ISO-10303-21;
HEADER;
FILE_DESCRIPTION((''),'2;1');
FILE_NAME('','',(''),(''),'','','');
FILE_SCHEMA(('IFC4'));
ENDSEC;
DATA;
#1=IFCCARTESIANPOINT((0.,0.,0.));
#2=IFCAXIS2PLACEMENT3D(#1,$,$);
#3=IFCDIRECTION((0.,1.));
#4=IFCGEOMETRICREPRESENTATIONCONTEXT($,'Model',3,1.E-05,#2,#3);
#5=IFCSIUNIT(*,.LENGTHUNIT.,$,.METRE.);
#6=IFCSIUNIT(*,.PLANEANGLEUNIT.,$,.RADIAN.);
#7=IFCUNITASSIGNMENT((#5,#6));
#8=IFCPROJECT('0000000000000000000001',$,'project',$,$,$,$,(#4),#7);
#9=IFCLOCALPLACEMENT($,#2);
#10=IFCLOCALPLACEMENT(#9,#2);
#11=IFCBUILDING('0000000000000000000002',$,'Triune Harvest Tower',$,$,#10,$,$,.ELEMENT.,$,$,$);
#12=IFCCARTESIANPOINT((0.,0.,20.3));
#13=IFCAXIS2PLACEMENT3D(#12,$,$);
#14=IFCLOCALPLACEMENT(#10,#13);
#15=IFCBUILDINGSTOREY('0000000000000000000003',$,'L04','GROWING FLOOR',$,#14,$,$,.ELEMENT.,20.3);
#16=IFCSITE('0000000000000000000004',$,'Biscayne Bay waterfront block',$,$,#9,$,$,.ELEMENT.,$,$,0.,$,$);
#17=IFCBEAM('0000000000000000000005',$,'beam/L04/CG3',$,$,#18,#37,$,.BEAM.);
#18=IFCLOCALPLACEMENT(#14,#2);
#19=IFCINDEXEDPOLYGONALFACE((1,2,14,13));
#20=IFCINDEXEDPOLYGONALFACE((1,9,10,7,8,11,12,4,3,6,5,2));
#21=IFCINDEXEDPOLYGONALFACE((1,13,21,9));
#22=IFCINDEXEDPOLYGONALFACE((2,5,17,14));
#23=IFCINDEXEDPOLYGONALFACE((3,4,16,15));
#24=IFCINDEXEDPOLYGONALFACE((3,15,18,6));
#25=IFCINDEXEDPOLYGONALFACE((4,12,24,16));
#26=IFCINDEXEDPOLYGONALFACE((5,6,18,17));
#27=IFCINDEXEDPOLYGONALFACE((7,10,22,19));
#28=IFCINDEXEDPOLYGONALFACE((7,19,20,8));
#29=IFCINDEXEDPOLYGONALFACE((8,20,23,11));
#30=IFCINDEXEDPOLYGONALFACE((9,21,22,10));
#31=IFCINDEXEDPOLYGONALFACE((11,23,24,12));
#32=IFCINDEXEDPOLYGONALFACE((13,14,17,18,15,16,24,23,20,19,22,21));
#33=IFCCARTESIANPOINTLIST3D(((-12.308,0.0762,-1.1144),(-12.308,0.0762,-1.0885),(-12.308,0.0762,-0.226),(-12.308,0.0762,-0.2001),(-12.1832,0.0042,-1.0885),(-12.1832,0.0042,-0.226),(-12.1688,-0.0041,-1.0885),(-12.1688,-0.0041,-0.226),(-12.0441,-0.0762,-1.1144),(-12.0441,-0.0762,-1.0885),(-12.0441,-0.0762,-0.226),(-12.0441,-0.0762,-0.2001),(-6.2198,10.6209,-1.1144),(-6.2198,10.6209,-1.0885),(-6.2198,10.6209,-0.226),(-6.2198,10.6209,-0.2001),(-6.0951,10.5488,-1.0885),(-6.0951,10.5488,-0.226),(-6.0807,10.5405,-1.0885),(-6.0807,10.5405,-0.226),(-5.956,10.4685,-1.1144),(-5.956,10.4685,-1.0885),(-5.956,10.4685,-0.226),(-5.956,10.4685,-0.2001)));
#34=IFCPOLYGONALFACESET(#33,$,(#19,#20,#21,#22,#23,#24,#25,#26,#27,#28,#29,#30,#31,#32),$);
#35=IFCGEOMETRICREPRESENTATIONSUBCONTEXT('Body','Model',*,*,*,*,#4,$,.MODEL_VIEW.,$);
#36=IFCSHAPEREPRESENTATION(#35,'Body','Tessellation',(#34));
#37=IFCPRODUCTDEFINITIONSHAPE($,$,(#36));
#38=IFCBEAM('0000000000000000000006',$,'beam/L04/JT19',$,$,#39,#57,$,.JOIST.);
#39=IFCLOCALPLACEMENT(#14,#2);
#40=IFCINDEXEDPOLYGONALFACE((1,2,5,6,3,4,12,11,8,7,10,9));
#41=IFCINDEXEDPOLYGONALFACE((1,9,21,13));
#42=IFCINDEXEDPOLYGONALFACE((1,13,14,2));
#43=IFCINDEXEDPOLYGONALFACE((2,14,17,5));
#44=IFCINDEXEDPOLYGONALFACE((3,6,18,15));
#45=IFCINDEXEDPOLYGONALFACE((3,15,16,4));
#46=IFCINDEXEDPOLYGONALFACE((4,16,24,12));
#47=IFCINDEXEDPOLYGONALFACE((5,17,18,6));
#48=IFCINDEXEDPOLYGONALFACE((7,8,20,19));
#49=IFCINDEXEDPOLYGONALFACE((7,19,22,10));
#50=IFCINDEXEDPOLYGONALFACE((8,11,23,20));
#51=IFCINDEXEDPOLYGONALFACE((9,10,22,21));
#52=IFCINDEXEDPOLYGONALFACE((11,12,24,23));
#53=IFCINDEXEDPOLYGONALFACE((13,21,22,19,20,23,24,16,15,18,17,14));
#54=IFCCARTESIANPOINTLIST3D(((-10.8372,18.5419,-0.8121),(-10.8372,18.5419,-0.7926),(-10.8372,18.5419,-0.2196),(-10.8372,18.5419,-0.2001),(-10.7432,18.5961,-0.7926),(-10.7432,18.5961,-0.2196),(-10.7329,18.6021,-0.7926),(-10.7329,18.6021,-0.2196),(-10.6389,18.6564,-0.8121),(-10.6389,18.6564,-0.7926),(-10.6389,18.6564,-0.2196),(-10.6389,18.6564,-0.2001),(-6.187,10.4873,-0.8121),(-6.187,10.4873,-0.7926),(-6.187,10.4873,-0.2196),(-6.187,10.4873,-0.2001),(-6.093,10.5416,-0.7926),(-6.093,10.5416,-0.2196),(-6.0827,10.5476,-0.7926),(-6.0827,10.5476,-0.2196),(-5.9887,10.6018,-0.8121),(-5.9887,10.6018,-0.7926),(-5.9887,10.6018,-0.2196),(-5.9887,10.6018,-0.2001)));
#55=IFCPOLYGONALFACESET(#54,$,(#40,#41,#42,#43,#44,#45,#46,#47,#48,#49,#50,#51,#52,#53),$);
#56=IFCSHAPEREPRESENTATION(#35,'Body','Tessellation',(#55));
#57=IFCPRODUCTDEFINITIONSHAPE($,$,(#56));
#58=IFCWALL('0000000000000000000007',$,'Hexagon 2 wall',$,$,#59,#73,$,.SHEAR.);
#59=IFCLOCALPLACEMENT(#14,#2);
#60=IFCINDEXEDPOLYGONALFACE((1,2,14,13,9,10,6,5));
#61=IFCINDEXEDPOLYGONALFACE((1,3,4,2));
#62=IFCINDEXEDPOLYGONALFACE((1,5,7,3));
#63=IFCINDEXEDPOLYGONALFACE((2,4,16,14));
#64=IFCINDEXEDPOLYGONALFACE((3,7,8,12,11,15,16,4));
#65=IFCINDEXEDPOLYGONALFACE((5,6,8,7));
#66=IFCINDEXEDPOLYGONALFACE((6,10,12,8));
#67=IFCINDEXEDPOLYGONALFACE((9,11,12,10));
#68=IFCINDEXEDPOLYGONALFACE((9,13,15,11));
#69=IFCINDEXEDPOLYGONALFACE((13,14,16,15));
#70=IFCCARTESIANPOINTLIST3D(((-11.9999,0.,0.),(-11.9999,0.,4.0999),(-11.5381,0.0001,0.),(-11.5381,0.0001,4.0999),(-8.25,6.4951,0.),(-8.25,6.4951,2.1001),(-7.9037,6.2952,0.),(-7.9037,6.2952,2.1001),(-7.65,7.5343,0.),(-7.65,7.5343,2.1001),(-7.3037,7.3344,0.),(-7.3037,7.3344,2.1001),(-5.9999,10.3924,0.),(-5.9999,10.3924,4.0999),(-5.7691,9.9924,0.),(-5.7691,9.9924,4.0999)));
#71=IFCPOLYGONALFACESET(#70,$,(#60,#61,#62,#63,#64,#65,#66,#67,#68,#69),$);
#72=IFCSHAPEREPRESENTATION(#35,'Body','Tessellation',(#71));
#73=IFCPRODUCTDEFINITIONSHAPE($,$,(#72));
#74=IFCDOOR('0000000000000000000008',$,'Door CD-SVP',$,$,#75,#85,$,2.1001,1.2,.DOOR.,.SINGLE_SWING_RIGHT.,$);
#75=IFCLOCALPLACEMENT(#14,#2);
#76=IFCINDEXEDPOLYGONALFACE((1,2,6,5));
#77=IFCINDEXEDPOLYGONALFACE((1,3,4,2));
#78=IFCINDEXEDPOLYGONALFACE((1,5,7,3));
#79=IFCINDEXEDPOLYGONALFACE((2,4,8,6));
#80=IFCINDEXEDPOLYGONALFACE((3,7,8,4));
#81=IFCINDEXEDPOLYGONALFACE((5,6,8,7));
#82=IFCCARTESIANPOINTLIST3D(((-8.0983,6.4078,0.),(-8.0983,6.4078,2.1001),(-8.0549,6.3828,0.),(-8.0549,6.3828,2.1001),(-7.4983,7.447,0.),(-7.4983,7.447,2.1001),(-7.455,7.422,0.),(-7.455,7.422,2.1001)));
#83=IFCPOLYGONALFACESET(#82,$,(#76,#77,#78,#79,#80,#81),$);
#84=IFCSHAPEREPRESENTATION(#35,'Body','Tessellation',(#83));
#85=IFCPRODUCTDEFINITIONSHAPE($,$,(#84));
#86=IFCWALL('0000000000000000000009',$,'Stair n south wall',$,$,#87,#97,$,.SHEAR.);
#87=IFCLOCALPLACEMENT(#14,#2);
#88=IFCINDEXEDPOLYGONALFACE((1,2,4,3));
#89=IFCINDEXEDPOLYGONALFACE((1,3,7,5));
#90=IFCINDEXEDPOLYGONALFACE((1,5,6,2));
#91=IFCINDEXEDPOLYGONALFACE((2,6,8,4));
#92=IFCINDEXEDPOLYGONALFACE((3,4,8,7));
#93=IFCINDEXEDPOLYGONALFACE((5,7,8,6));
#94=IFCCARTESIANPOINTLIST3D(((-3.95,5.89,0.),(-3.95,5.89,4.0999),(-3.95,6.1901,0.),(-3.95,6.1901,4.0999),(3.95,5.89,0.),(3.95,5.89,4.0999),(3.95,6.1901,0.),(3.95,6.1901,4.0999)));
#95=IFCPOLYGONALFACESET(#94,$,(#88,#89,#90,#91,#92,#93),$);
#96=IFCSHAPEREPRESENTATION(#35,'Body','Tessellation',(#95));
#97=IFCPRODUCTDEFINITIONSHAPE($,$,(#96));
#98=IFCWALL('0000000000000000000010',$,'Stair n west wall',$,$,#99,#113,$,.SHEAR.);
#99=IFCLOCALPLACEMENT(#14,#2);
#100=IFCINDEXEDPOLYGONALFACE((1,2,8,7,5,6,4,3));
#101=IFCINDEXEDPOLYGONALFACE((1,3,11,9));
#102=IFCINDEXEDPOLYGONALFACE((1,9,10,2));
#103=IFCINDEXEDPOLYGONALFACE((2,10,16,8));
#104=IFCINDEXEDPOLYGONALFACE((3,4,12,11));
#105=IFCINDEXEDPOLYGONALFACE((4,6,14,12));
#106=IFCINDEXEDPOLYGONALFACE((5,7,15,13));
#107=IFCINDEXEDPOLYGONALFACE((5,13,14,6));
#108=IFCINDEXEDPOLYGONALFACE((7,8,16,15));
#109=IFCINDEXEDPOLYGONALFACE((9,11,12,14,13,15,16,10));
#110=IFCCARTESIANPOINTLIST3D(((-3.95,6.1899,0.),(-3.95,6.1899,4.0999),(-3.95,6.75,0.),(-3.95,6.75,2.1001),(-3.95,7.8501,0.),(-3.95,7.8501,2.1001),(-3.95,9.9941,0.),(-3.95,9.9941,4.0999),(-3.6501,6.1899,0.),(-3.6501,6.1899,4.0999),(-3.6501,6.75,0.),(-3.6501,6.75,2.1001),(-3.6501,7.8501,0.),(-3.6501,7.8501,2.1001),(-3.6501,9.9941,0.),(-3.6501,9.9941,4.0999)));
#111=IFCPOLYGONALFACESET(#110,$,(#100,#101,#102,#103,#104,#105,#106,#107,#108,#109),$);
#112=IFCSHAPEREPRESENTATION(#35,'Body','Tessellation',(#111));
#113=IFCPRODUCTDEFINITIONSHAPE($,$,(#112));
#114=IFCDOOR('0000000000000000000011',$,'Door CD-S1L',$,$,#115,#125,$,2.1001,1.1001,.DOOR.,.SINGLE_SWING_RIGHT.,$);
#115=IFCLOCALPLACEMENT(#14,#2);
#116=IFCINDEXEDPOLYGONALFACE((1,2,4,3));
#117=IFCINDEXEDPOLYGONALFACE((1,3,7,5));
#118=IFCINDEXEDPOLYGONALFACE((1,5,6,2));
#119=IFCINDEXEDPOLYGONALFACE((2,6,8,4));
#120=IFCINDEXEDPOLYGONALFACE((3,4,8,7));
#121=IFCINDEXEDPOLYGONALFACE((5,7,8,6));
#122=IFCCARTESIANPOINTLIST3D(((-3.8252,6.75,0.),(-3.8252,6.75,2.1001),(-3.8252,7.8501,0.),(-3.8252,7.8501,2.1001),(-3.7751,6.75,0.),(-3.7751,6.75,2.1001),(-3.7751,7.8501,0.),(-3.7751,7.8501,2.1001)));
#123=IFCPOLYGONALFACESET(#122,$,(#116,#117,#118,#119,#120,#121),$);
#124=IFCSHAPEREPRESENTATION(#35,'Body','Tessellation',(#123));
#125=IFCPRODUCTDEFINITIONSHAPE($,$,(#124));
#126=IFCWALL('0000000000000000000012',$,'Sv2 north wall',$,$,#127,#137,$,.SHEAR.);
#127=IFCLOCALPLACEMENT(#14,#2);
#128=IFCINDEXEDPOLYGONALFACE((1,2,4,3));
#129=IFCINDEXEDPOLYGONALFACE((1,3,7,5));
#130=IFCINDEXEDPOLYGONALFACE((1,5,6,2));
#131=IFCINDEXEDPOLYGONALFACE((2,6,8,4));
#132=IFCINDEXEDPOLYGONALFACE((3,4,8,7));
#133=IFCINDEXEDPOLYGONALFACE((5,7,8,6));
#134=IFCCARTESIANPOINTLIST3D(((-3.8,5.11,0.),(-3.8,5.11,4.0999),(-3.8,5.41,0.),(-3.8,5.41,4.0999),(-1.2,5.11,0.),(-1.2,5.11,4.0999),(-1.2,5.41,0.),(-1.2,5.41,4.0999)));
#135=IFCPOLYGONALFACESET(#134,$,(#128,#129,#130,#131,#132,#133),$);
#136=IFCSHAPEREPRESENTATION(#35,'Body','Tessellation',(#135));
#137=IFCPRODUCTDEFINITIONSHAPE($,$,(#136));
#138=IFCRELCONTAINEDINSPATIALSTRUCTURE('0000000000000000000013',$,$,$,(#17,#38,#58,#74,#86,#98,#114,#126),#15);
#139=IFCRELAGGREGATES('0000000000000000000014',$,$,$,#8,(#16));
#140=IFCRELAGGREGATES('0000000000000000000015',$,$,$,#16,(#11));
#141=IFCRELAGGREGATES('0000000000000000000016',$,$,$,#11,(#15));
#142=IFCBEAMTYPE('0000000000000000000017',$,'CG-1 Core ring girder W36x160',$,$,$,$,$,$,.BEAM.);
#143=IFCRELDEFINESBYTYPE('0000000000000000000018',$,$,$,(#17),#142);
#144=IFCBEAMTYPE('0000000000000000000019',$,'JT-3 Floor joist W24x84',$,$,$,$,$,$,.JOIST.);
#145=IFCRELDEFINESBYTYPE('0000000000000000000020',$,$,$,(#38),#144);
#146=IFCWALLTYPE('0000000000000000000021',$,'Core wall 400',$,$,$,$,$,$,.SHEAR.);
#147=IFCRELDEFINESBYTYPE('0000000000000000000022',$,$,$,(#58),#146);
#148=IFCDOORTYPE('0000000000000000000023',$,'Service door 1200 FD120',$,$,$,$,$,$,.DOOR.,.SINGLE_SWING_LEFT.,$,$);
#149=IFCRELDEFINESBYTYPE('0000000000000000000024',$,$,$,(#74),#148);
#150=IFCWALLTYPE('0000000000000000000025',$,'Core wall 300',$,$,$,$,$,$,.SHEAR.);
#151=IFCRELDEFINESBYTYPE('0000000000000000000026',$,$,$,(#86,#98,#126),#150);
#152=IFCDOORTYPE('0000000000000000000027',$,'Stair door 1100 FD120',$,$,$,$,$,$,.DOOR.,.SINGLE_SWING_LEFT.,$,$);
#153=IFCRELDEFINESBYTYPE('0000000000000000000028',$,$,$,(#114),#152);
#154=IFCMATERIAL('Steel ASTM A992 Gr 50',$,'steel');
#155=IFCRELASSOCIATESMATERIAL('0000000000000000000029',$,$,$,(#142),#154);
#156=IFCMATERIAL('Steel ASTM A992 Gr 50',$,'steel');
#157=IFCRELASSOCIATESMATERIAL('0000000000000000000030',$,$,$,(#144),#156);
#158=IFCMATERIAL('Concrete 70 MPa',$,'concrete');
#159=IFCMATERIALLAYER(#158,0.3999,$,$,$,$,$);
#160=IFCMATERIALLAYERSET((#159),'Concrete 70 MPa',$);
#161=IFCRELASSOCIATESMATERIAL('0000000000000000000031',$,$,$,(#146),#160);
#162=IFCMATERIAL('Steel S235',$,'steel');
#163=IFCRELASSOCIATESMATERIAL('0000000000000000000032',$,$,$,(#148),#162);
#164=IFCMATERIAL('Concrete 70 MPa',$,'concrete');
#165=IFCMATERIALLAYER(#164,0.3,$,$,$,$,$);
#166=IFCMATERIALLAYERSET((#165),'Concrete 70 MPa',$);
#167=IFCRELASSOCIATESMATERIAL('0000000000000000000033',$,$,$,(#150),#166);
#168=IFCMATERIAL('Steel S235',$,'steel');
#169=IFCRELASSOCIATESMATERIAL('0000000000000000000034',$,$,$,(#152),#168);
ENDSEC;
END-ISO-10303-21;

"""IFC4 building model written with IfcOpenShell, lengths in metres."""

from ifc_helpers import new_model, si_unit, direction, frame, frame_2d, origin, origin_2d, place, context, subcontext, project, spatial, polyline, rectangle, i_section, outline, extrude, source, transform, mapped, material, layer, layer_set, material_profile, profile_set, type_object, element, fill, save


model = new_model("IFC4")

# Units and contexts
model_context = context("Model", 3, precision=1e-05, world=origin(), true_north=direction((0.0, 1.0)))
body_context = subcontext(model_context, "Body", "Model", "MODEL_VIEW")
ifc_project = project(units=[si_unit("LENGTHUNIT", "METRE"), si_unit("PLANEANGLEUNIT", "RADIAN")], contexts=[model_context])

# Site, building, storey
site_placement = place(None, origin())
site = spatial("IfcSite", under=ifc_project, at=site_placement, Name="Biscayne Bay waterfront block", CompositionType="ELEMENT", RefElevation=0.0)
building_placement = place(site_placement, origin())
building = spatial("IfcBuilding", under=site, at=building_placement, Name="Triune Harvest Tower", CompositionType="ELEMENT")
storey_placement = place(building_placement, frame((0.0, 0.0, 20.3)))
storey = spatial("IfcBuildingStorey", under=building, at=storey_placement, Name="L04", Description="GROWING FLOOR", CompositionType="ELEMENT", Elevation=20.3)

# Beams
ifc_material_1 = material(Name="Steel ASTM A992 Gr 50", Category="steel")
ifc_material_profile_1 = material_profile(ifc_material_1, i_section(OverallWidth=0.3047, OverallDepth=0.9143, WebThickness=0.0166, FlangeThickness=0.0259, at=origin_2d()), Name="W36x160")
ifc_profile_set_1 = profile_set([ifc_material_profile_1], Name="Steel ASTM A992 Gr 50")
beam_type_1 = type_object("IfcBeamType", Name="CG-1 Core ring girder W36x160", PredefinedType="BEAM", material=ifc_profile_set_1)
shared_shape_1 = source(origin(), body_context, "Body", "SweptSolid", [
    extrude(i_section(OverallWidth=0.3047, OverallDepth=0.9143, WebThickness=0.0166, FlangeThickness=0.0259, at=origin_2d()), origin(), (0.0, 0.0, 1.0), 12.176),
])
beam_1_placement = place(storey_placement, frame((-6.0879, 10.5447, -0.6572), z_axis=(-0.50001, -0.86602, 0.0), x_axis=(0.86602, -0.50001, 0.0)))
element("IfcBeam", 1, at=beam_1_placement, inside=storey, type_object=beam_type_1, Name="beam/L04/CG3", PredefinedType="BEAM", context=body_context, shape_type="MappedRepresentation", body=[
    mapped(shared_shape_1, transform((0.0, 0.0, 0.0), scale=1.0)),
])
ifc_material_2 = material(Name="Steel ASTM A992 Gr 50", Category="steel")
ifc_material_profile_2 = material_profile(ifc_material_2, i_section(OverallWidth=0.229, OverallDepth=0.6121, WebThickness=0.012, FlangeThickness=0.0195, at=origin_2d()), Name="W24x84")
ifc_profile_set_2 = profile_set([ifc_material_profile_2], Name="Steel ASTM A992 Gr 50")
beam_type_2 = type_object("IfcBeamType", Name="JT-3 Floor joist W24x84", PredefinedType="JOIST", material=ifc_profile_set_2)
shared_shape_2 = source(origin(), body_context, "Body", "SweptSolid", [
    extrude(i_section(OverallWidth=0.229, OverallDepth=0.6121, WebThickness=0.012, FlangeThickness=0.0195, at=origin_2d()), origin(), (0.0, 0.0, 1.0), 9.3005),
])
beam_2_placement = place(storey_placement, frame((-10.738, 18.5991, -0.5061), z_axis=(0.499993, -0.86603, 0.0), x_axis=(0.86603, 0.499993, 0.0)))
element("IfcBeam", 2, at=beam_2_placement, inside=storey, type_object=beam_type_2, Name="beam/L04/JT19", PredefinedType="JOIST", context=body_context, shape_type="MappedRepresentation", body=[
    mapped(shared_shape_2, transform((0.0, 0.0, 0.0), scale=1.0)),
])

# Wall, opening, door
ifc_material_3 = material(Name="Concrete 70 MPa", Category="concrete")
ifc_layer_1 = layer(ifc_material_3, 0.3999)
ifc_layer_set_1 = layer_set([ifc_layer_1], Name="Concrete 70 MPa")
wall_type_1 = type_object("IfcWallType", Name="Core wall 400", PredefinedType="SHEAR", material=ifc_layer_set_1)
shared_shape_3 = source(origin(), body_context, "Body", "SweptSolid", [
    extrude(outline(polyline([(-0.1155, -0.2), (11.8845, -0.2), (11.6536, 0.2), (0.1155, 0.2), (-0.1155, -0.2)])), origin(), (0.0, 0.0, 1.0), 4.0999),
])
wall_1_placement = place(storey_placement, frame((-5.8845, 10.1924, 0.0), z_axis=(0.0, 0.0, 1.0), x_axis=(-0.499997, -0.866027, 0.0)))
wall_1 = element("IfcWall", 3, at=wall_1_placement, inside=storey, type_object=wall_type_1, Name="Hexagon 2 wall", PredefinedType="SHEAR", context=body_context, shape_type="MappedRepresentation", body=[
    mapped(shared_shape_3, transform((0.0, 0.0, 0.0), scale=1.0)),
])
opening_1_placement = place(wall_1_placement, frame((3.1846, 0.0, 0.0)))
opening_1 = element("IfcOpeningElement", 4, at=opening_1_placement, cuts=wall_1, PredefinedType="OPENING", context=body_context, shape_type="SweptSolid", body=[
    extrude(rectangle(XDim=1.2, YDim=2.1001, at=frame_2d((0.6001, 1.05))), frame((0.0, 0.21, 0.0), z_axis=(0.0, -1.0, 0.0), x_axis=(1.0, 0.0, 0.0)), (0.0, 0.0, 1.0), 0.4199),
])
ifc_material_4 = material(Name="Steel S235", Category="steel")
door_type_1 = type_object("IfcDoorType", Name="Service door 1200 FD120", OperationType="SINGLE_SWING_LEFT", PredefinedType="DOOR", material=ifc_material_4)
door_1_placement = place(opening_1_placement, frame((1.2, 0.0, 0.0), z_axis=(0.0, 0.0, 1.0), x_axis=(-1.0, 0.0, 0.0)))
door_1 = element("IfcDoor", 5, at=door_1_placement, inside=storey, type_object=door_type_1, Name="Door CD-SVP", OperationType="SINGLE_SWING_RIGHT", OverallHeight=2.1001, OverallWidth=1.2, PredefinedType="DOOR", context=body_context, shape_type="SweptSolid", body=[
    extrude(rectangle(XDim=1.2, YDim=2.1001, at=frame_2d((0.6001, 1.05))), frame((0.0, 0.0249, 0.0), z_axis=(0.0, -1.0, 0.0), x_axis=(1.0, 0.0, 0.0)), (0.0, 0.0, 1.0), 0.05),
])
fill(opening_1, door_1)

# Wall
ifc_material_5 = material(Name="Concrete 70 MPa", Category="concrete")
ifc_layer_2 = layer(ifc_material_5, 0.3)
ifc_layer_set_2 = layer_set([ifc_layer_2], Name="Concrete 70 MPa")
wall_type_2 = type_object("IfcWallType", Name="Core wall 300", PredefinedType="SHEAR", material=ifc_layer_set_2)
shared_shape_4 = source(origin(), body_context, "Body", "SweptSolid", [
    extrude(rectangle(XDim=7.8999, YDim=0.3, at=frame_2d((3.95, 0.0))), origin(), (0.0, 0.0, 1.0), 4.0999),
])
wall_2_placement = place(storey_placement, frame((-3.95, 6.04, 0.0), z_axis=(0.0, 0.0, 1.0), x_axis=(1.0, 0.0, 0.0)))
element("IfcWall", 6, at=wall_2_placement, inside=storey, type_object=wall_type_2, Name="Stair n south wall", PredefinedType="SHEAR", context=body_context, shape_type="MappedRepresentation", body=[
    mapped(shared_shape_4, transform((0.0, 0.0, 0.0), scale=1.0)),
])

# Wall, opening, door
shared_shape_5 = source(origin(), body_context, "Body", "SweptSolid", [
    extrude(outline(polyline([(0.0, -0.1499), (0.0, 0.1499), (3.8042, 0.1499), (3.8042, -0.1499), (0.0, -0.1499)])), origin(), (0.0, 0.0, 1.0), 4.0999),
])
wall_3_placement = place(storey_placement, frame((-3.8, 6.1899, 0.0), z_axis=(0.0, 0.0, 1.0), x_axis=(0.0, 1.0, 0.0)))
wall_3 = element("IfcWall", 7, at=wall_3_placement, inside=storey, type_object=wall_type_2, Name="Stair n west wall", PredefinedType="SHEAR", context=body_context, shape_type="MappedRepresentation", body=[
    mapped(shared_shape_5, transform((0.0, 0.0, 0.0), scale=1.0)),
])
opening_2_placement = place(wall_3_placement, frame((0.5601, 0.0, 0.0)))
opening_2 = element("IfcOpeningElement", 8, at=opening_2_placement, cuts=wall_3, PredefinedType="OPENING", context=body_context, shape_type="SweptSolid", body=[
    extrude(rectangle(XDim=1.1001, YDim=2.1001, at=frame_2d((0.55, 1.05))), frame((0.0, 0.1602, 0.0), z_axis=(0.0, -1.0, 0.0), x_axis=(1.0, 0.0, 0.0)), (0.0, 0.0, 1.0), 0.3201),
])
ifc_material_6 = material(Name="Steel S235", Category="steel")
door_type_2 = type_object("IfcDoorType", Name="Stair door 1100 FD120", OperationType="SINGLE_SWING_LEFT", PredefinedType="DOOR", material=ifc_material_6)
door_2_placement = place(opening_2_placement, frame((1.1001, 0.0, 0.0), z_axis=(0.0, 0.0, 1.0), x_axis=(-1.0, 0.0, 0.0)))
door_2 = element("IfcDoor", 9, at=door_2_placement, inside=storey, type_object=door_type_2, Name="Door CD-S1L", OperationType="SINGLE_SWING_RIGHT", OverallHeight=2.1001, OverallWidth=1.1001, PredefinedType="DOOR", context=body_context, shape_type="SweptSolid", body=[
    extrude(rectangle(XDim=1.1001, YDim=2.1001, at=frame_2d((0.55, 1.05))), frame((0.0, 0.0249, 0.0), z_axis=(0.0, -1.0, 0.0), x_axis=(1.0, 0.0, 0.0)), (0.0, 0.0, 1.0), 0.05),
])
fill(opening_2, door_2)

# Wall
shared_shape_6 = source(origin(), body_context, "Body", "SweptSolid", [
    extrude(rectangle(XDim=2.6001, YDim=0.3, at=frame_2d((1.3, 0.0))), origin(), (0.0, 0.0, 1.0), 4.0999),
])
wall_4_placement = place(storey_placement, frame((-3.8, 5.26, 0.0), z_axis=(0.0, 0.0, 1.0), x_axis=(1.0, 0.0, 0.0)))
element("IfcWall", 10, at=wall_4_placement, inside=storey, type_object=wall_type_2, Name="Sv2 north wall", PredefinedType="SHEAR", context=body_context, shape_type="MappedRepresentation", body=[
    mapped(shared_shape_6, transform((0.0, 0.0, 0.0), scale=1.0)),
])

save(model, "model.ifc")
